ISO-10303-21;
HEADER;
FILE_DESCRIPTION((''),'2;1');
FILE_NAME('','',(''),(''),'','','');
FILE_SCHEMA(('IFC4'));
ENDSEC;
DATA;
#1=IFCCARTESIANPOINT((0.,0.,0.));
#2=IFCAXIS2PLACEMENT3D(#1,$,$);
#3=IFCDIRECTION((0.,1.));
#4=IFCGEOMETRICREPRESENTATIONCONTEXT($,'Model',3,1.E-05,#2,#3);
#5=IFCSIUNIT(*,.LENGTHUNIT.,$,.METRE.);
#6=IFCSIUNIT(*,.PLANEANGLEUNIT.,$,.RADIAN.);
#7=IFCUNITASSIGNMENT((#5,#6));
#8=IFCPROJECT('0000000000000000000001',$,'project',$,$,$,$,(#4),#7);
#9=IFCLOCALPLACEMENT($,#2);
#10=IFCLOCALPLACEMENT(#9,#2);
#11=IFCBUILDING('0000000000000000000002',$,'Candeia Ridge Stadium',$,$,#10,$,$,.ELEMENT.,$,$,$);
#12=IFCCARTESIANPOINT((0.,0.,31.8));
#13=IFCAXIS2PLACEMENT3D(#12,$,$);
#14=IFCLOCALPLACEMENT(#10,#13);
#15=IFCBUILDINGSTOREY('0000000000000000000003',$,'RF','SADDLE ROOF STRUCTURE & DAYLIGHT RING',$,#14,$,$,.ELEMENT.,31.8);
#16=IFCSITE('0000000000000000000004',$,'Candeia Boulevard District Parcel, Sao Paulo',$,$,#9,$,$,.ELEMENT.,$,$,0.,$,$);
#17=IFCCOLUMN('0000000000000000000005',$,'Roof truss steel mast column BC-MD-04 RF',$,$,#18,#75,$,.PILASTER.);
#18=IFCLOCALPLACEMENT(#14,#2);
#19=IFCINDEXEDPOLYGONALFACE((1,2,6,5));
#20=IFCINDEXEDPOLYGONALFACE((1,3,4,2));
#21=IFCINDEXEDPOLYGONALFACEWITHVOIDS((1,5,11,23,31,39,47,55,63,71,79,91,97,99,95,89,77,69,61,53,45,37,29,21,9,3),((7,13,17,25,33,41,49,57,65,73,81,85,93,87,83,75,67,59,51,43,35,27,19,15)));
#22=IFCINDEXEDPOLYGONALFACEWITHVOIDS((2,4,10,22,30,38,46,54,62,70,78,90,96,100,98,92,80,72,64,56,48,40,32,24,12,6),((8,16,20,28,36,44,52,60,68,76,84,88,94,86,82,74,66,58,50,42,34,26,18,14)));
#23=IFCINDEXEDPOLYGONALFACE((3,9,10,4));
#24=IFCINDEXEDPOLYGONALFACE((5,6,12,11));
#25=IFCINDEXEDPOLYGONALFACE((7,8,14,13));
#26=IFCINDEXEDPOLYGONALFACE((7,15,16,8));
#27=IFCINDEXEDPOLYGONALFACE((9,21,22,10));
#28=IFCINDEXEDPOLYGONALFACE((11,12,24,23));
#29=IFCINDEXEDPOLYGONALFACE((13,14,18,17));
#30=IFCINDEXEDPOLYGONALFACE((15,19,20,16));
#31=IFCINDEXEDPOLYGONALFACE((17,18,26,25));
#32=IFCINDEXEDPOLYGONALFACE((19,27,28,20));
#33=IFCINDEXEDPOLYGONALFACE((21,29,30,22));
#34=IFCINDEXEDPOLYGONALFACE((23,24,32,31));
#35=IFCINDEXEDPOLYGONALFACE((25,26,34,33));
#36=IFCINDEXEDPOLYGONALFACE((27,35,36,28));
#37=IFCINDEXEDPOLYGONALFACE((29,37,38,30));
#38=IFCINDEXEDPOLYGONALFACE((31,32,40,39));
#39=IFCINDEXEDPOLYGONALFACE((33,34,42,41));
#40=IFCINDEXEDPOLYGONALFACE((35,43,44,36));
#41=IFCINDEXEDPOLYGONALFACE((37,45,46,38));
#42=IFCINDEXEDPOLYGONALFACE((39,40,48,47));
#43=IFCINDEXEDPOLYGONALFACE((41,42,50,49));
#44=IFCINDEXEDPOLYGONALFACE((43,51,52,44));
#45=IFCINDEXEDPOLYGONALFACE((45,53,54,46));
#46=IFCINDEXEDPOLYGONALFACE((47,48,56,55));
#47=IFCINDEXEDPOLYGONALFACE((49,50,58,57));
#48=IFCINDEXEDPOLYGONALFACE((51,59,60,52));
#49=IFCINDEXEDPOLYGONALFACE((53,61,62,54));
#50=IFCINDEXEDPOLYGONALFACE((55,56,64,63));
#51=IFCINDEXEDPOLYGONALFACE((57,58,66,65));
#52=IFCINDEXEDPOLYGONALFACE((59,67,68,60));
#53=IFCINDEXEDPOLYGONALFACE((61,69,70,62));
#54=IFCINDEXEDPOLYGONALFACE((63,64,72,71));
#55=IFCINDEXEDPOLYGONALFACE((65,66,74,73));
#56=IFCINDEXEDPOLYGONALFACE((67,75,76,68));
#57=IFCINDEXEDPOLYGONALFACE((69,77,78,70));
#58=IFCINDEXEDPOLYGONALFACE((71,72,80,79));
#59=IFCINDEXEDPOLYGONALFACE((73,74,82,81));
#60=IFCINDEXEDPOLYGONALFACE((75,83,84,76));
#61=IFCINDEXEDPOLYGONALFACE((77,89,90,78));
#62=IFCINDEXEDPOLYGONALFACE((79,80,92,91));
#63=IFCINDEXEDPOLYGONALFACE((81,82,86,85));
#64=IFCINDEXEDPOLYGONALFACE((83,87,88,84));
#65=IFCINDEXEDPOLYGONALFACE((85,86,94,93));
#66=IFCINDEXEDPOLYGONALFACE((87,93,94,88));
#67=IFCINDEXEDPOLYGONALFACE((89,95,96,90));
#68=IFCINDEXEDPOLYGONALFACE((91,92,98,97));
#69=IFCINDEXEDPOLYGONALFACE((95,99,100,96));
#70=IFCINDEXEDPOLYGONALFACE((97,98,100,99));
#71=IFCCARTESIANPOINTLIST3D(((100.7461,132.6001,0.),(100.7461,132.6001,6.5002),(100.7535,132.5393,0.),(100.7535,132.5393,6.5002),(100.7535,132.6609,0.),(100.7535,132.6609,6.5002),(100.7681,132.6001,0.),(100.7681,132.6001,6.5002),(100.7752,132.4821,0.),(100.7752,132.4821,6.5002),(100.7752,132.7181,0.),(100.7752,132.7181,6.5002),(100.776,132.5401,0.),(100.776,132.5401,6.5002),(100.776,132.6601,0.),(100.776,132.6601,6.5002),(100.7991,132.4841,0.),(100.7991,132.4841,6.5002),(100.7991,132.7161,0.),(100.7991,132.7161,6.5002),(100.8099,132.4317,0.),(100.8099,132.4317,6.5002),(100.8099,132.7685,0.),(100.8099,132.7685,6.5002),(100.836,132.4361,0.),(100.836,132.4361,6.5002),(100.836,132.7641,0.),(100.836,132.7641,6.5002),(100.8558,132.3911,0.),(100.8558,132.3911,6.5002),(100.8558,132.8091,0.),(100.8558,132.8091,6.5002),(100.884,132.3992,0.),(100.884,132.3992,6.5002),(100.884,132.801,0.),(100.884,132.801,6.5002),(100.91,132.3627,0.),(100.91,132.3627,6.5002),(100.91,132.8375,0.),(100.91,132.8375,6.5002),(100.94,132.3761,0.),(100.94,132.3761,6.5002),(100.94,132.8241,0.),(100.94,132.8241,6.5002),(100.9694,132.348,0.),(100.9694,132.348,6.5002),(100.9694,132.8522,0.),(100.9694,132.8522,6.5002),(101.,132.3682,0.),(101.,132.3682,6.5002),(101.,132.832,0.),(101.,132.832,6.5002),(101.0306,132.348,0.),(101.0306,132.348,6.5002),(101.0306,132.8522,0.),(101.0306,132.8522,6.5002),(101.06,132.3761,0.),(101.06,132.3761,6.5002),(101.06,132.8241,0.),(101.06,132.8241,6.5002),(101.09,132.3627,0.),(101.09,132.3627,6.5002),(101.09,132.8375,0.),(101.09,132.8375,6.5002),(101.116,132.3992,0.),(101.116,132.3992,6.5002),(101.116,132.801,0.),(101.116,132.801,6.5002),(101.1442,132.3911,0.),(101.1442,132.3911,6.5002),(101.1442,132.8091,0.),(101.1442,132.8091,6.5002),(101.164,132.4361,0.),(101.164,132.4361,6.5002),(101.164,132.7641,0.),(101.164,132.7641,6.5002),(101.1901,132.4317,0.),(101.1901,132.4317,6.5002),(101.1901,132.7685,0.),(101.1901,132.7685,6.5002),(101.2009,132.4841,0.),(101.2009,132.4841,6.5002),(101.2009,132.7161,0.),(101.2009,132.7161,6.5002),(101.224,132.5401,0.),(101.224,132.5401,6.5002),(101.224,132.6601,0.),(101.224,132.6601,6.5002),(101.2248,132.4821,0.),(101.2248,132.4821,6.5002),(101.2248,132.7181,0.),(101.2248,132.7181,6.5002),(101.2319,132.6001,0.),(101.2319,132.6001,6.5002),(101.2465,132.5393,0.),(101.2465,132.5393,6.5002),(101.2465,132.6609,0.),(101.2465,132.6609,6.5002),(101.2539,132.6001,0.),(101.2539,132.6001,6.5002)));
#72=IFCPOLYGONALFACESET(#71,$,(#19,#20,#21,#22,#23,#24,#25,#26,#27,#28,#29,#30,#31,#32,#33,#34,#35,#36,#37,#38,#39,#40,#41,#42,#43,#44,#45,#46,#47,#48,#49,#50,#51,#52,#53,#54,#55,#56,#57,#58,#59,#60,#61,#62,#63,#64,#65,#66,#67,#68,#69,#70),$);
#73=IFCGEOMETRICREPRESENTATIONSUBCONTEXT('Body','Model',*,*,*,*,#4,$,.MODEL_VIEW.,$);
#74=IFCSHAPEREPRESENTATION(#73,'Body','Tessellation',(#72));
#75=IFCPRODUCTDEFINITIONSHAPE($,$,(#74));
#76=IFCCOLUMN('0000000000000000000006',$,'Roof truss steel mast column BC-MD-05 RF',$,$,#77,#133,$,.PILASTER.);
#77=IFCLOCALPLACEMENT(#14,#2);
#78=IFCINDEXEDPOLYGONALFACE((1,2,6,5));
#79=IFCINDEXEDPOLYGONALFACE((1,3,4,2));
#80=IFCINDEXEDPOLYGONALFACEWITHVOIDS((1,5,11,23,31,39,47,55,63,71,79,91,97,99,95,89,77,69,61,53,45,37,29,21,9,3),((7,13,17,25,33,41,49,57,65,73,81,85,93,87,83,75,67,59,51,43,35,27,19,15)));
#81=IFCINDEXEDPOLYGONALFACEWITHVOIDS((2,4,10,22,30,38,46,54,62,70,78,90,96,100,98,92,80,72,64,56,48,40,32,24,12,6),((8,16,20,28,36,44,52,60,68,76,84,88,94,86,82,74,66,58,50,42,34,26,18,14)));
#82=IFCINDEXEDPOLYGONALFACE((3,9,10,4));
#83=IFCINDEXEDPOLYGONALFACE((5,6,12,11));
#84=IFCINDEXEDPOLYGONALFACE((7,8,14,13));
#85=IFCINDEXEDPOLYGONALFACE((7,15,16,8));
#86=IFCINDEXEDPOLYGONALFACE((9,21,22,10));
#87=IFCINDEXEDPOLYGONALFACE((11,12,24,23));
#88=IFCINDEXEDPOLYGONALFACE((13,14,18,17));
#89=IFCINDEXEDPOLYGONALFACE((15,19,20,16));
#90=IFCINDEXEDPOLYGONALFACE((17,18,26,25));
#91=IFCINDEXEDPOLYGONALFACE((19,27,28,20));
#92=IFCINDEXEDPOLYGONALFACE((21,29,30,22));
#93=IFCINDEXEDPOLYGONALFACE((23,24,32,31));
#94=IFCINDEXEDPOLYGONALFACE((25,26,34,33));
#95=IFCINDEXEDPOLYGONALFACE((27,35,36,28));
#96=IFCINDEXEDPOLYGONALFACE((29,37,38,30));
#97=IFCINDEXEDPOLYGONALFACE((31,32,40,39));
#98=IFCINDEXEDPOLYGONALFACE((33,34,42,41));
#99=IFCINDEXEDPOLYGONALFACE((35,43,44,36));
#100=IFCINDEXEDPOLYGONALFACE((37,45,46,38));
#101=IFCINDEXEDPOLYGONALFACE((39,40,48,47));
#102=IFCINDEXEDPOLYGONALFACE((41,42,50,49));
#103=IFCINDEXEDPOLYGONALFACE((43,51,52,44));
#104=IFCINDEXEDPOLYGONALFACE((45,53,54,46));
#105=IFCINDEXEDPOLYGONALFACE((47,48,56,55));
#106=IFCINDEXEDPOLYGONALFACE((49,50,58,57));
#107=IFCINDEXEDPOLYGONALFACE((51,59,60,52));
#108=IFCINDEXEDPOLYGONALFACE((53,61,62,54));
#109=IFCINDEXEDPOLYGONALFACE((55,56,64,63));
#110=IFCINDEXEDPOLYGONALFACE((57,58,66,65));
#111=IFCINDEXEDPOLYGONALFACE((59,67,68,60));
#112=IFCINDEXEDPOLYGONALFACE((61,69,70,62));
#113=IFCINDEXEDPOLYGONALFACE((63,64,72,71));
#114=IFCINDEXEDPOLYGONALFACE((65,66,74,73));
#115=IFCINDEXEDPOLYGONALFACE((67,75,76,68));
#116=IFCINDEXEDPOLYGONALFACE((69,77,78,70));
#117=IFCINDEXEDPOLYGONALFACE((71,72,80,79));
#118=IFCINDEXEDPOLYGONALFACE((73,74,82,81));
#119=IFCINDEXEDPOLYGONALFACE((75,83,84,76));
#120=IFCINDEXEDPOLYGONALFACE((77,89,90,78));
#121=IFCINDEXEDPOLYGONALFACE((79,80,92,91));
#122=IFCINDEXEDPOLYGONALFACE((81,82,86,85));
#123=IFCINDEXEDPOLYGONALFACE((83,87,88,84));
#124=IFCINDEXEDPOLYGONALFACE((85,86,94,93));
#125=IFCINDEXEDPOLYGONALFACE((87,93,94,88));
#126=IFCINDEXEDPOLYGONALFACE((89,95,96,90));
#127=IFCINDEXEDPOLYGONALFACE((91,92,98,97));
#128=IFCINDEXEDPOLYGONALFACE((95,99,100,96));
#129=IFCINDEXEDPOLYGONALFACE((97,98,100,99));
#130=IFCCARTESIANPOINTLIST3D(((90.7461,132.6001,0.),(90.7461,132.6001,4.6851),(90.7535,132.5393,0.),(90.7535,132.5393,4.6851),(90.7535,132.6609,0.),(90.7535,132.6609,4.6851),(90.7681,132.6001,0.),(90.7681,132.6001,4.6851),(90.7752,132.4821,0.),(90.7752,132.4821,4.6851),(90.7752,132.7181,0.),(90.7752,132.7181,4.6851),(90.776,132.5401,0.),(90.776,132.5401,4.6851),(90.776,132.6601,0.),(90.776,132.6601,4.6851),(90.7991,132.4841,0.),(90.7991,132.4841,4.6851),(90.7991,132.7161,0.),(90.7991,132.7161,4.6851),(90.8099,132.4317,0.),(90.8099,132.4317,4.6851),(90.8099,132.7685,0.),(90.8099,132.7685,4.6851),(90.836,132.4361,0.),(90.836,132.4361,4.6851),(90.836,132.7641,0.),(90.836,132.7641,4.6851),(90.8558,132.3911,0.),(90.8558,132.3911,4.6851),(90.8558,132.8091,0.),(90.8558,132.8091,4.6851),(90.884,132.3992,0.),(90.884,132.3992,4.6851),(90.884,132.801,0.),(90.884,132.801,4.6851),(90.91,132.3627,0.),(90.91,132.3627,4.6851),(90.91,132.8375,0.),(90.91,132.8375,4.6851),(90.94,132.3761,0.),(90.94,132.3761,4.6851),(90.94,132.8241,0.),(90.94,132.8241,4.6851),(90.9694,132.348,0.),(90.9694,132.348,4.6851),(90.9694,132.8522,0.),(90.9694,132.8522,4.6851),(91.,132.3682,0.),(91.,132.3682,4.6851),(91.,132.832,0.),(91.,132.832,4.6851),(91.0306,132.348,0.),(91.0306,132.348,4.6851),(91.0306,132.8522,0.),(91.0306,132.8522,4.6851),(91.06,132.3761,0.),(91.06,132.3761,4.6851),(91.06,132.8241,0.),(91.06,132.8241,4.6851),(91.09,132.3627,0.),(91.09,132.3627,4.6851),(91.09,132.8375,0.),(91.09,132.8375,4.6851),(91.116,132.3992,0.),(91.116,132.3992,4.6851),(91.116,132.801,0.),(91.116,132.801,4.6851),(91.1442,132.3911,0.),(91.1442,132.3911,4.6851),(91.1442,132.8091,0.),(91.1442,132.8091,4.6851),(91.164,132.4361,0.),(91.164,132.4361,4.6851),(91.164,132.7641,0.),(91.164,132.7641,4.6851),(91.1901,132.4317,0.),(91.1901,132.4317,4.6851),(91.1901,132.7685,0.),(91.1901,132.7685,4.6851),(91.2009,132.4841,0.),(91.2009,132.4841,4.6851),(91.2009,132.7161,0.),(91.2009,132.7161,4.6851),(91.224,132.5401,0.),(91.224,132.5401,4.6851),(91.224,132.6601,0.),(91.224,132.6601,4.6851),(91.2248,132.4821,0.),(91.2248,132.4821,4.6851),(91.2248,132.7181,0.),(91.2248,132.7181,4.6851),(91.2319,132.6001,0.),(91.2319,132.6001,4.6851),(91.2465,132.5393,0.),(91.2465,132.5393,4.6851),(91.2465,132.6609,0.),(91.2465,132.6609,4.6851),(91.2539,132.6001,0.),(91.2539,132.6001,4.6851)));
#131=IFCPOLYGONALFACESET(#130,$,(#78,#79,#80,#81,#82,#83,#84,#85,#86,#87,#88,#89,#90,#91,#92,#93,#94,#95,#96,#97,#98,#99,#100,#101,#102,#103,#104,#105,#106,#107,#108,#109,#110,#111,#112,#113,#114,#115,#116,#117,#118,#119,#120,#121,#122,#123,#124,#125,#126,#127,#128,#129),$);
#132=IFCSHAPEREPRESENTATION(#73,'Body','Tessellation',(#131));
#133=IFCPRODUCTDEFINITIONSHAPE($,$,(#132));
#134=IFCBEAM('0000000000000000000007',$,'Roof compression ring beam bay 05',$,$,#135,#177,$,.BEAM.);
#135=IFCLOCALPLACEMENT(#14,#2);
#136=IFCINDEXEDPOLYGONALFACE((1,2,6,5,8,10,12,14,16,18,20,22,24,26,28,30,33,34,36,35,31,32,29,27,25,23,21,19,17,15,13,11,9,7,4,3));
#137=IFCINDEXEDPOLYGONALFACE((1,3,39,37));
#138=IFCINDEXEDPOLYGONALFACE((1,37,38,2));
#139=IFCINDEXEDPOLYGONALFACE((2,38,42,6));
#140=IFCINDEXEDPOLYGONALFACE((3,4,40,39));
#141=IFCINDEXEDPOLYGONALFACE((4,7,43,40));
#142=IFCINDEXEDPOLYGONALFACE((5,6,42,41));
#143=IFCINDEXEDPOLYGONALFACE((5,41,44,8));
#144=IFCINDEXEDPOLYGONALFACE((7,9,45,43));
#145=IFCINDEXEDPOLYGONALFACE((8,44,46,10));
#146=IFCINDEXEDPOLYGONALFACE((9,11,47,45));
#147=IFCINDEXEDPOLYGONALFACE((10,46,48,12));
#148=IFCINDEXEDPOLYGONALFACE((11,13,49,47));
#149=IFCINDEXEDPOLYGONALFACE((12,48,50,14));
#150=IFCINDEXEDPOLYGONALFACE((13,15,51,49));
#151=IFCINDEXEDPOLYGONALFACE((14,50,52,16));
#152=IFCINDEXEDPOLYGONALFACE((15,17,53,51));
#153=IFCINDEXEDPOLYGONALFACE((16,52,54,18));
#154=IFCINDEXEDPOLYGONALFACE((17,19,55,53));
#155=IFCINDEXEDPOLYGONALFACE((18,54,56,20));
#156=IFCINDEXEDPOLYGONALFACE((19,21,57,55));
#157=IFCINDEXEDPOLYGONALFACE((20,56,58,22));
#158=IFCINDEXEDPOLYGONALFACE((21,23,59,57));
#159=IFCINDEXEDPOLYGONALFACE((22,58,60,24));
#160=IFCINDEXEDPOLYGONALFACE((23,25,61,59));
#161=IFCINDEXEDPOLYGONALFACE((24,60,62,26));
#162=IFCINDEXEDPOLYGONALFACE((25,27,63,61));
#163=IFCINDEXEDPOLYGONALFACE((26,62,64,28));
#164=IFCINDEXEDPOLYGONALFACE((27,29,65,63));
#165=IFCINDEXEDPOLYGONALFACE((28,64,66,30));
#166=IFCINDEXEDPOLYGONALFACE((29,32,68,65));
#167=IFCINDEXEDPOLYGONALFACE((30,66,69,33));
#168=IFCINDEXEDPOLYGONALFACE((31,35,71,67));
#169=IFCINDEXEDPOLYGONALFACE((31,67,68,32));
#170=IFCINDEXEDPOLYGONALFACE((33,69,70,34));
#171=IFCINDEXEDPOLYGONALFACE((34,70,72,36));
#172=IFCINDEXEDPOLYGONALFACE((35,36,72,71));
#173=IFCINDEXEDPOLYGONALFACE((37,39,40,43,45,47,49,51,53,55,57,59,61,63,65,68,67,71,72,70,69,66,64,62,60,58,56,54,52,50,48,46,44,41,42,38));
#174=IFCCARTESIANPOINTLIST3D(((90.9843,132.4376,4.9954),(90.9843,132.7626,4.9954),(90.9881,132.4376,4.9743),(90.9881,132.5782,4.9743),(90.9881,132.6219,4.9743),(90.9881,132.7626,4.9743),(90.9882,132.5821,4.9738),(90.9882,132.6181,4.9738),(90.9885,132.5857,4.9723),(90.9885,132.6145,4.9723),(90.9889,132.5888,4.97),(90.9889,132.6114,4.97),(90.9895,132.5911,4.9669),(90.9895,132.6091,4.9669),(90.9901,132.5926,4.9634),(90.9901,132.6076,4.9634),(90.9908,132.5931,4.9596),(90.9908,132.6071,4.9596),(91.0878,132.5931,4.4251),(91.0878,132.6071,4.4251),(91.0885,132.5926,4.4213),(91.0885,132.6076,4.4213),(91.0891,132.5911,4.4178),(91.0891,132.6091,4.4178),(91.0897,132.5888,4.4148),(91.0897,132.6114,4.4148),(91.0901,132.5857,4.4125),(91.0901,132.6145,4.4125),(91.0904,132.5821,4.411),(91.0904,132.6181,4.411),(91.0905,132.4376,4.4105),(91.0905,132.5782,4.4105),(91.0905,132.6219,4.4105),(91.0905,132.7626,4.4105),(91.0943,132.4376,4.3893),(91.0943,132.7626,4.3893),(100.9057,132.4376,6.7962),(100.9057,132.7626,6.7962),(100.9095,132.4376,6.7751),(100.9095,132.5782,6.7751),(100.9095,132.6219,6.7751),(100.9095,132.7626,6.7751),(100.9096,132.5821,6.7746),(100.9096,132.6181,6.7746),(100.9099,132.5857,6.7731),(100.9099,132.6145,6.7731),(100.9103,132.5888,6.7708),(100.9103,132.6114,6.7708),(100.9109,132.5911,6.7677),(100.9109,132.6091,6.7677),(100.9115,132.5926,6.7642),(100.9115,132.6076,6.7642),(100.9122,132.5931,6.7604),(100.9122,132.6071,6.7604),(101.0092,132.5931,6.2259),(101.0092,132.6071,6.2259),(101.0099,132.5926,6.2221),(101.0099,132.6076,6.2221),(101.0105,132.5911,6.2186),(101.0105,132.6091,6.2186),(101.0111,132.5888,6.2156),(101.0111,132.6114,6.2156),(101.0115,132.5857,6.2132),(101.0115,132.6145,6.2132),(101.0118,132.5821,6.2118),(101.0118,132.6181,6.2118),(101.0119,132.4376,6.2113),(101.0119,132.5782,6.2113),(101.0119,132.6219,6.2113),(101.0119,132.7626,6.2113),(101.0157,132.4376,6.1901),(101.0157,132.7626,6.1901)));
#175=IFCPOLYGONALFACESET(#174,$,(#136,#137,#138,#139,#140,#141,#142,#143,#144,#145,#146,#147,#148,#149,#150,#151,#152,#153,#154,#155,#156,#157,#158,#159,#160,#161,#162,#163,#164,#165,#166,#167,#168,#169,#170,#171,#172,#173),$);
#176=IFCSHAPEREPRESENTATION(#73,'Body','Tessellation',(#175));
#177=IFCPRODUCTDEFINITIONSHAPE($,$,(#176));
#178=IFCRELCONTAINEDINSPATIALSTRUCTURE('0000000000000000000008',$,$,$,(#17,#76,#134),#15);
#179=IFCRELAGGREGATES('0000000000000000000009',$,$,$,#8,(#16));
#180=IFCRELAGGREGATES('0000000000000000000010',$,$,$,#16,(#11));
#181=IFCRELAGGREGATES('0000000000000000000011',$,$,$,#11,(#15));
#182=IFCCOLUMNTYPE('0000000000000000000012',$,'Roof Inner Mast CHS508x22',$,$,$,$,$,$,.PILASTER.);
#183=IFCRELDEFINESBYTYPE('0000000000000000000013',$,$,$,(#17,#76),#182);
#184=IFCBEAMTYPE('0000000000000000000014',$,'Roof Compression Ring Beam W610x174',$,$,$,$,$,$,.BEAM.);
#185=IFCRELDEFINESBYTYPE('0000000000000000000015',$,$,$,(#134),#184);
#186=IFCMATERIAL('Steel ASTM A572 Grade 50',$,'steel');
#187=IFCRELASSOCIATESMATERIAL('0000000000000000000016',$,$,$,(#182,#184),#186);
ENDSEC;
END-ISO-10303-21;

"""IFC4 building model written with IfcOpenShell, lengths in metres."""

from ifc_helpers import new_model, si_unit, direction, frame, origin, origin_2d, place, context, subcontext, project, spatial, hollow_circle, i_section, extrude, material, material_profile, profile_set, type_object, element, save


model = new_model("IFC4")

# Units and contexts
model_context = context("Model", 3, precision=1e-05, world=origin(), true_north=direction((0.0, 1.0)))
body_context = subcontext(model_context, "Body", "Model", "MODEL_VIEW")
ifc_project = project(units=[si_unit("LENGTHUNIT", "METRE"), si_unit("PLANEANGLEUNIT", "RADIAN")], contexts=[model_context])

# Site, building, storey
site_placement = place(None, origin())
site = spatial("IfcSite", under=ifc_project, at=site_placement, Name="Candeia Boulevard District Parcel, Sao Paulo", CompositionType="ELEMENT", RefElevation=0.0)
building_placement = place(site_placement, origin())
building = spatial("IfcBuilding", under=site, at=building_placement, Name="Candeia Ridge Stadium", CompositionType="ELEMENT")
storey_placement = place(building_placement, frame((0.0, 0.0, 31.8)))
storey = spatial("IfcBuildingStorey", under=building, at=storey_placement, Name="RF", Description="SADDLE ROOF STRUCTURE & DAYLIGHT RING", CompositionType="ELEMENT", Elevation=31.8)

# Columns
ifc_material = material(Name="Steel ASTM A572 Grade 50", Category="steel")
ifc_material_profile_1 = material_profile(ifc_material, hollow_circle(Radius=0.2539, WallThickness=0.022, at=origin_2d()), Name="CHS508x22", Category="steel")
ifc_profile_set_1 = profile_set([ifc_material_profile_1], Name="Steel ASTM A572 Grade 50")
column_type = type_object("IfcColumnType", Name="Roof Inner Mast CHS508x22", PredefinedType="PILASTER", material=ifc_profile_set_1)
column_1_placement = place(storey_placement, frame((101.0, 132.6001, 0.0), z_axis=(0.0, 0.0, 1.0), x_axis=(1.0, 0.0, 0.0)))
element("IfcColumn", 1, at=column_1_placement, inside=storey, type_object=column_type, Name="Roof truss steel mast column BC-MD-04 RF", PredefinedType="PILASTER", context=body_context, shape_type="SweptSolid", body=[
    extrude(hollow_circle(Radius=0.2539, WallThickness=0.022, at=origin_2d()), origin(), (0.0, 0.0, 1.0), 6.5002),
])
column_2_placement = place(storey_placement, frame((91.0, 132.6001, 0.0), z_axis=(0.0, 0.0, 1.0), x_axis=(1.0, 0.0, 0.0)))
element("IfcColumn", 2, at=column_2_placement, inside=storey, type_object=column_type, Name="Roof truss steel mast column BC-MD-05 RF", PredefinedType="PILASTER", context=body_context, shape_type="SweptSolid", body=[
    extrude(hollow_circle(Radius=0.2539, WallThickness=0.022, at=origin_2d()), origin(), (0.0, 0.0, 1.0), 4.6851),
])

# Beam
ifc_material_profile_2 = material_profile(ifc_material, i_section(OverallWidth=0.325, OverallDepth=0.616, WebThickness=0.0139, FlangeThickness=0.0215, FilletRadius=0.0149, at=origin_2d()), Name="W610x174", Category="steel")
ifc_profile_set_2 = profile_set([ifc_material_profile_2], Name="Steel ASTM A572 Grade 50")
beam_type = type_object("IfcBeamType", Name="Roof Compression Ring Beam W610x174", PredefinedType="BEAM", material=ifc_profile_set_2)
beam_1_placement = place(storey_placement, frame((100.9607, 132.6001, 6.4932), z_axis=(-0.983924, 0.0, -0.178587), x_axis=(0.0, -1.0, 0.0)))
element("IfcBeam", 3, at=beam_1_placement, inside=storey, type_object=beam_type, Name="Roof compression ring beam bay 05", PredefinedType="BEAM", context=body_context, shape_type="SweptSolid", body=[
    extrude(i_section(OverallWidth=0.325, OverallDepth=0.616, WebThickness=0.0139, FlangeThickness=0.0215, FilletRadius=0.0149, at=origin_2d()), origin(), (0.0, 0.0, 1.0), 10.0835),
])

save(model, "model.ifc")
